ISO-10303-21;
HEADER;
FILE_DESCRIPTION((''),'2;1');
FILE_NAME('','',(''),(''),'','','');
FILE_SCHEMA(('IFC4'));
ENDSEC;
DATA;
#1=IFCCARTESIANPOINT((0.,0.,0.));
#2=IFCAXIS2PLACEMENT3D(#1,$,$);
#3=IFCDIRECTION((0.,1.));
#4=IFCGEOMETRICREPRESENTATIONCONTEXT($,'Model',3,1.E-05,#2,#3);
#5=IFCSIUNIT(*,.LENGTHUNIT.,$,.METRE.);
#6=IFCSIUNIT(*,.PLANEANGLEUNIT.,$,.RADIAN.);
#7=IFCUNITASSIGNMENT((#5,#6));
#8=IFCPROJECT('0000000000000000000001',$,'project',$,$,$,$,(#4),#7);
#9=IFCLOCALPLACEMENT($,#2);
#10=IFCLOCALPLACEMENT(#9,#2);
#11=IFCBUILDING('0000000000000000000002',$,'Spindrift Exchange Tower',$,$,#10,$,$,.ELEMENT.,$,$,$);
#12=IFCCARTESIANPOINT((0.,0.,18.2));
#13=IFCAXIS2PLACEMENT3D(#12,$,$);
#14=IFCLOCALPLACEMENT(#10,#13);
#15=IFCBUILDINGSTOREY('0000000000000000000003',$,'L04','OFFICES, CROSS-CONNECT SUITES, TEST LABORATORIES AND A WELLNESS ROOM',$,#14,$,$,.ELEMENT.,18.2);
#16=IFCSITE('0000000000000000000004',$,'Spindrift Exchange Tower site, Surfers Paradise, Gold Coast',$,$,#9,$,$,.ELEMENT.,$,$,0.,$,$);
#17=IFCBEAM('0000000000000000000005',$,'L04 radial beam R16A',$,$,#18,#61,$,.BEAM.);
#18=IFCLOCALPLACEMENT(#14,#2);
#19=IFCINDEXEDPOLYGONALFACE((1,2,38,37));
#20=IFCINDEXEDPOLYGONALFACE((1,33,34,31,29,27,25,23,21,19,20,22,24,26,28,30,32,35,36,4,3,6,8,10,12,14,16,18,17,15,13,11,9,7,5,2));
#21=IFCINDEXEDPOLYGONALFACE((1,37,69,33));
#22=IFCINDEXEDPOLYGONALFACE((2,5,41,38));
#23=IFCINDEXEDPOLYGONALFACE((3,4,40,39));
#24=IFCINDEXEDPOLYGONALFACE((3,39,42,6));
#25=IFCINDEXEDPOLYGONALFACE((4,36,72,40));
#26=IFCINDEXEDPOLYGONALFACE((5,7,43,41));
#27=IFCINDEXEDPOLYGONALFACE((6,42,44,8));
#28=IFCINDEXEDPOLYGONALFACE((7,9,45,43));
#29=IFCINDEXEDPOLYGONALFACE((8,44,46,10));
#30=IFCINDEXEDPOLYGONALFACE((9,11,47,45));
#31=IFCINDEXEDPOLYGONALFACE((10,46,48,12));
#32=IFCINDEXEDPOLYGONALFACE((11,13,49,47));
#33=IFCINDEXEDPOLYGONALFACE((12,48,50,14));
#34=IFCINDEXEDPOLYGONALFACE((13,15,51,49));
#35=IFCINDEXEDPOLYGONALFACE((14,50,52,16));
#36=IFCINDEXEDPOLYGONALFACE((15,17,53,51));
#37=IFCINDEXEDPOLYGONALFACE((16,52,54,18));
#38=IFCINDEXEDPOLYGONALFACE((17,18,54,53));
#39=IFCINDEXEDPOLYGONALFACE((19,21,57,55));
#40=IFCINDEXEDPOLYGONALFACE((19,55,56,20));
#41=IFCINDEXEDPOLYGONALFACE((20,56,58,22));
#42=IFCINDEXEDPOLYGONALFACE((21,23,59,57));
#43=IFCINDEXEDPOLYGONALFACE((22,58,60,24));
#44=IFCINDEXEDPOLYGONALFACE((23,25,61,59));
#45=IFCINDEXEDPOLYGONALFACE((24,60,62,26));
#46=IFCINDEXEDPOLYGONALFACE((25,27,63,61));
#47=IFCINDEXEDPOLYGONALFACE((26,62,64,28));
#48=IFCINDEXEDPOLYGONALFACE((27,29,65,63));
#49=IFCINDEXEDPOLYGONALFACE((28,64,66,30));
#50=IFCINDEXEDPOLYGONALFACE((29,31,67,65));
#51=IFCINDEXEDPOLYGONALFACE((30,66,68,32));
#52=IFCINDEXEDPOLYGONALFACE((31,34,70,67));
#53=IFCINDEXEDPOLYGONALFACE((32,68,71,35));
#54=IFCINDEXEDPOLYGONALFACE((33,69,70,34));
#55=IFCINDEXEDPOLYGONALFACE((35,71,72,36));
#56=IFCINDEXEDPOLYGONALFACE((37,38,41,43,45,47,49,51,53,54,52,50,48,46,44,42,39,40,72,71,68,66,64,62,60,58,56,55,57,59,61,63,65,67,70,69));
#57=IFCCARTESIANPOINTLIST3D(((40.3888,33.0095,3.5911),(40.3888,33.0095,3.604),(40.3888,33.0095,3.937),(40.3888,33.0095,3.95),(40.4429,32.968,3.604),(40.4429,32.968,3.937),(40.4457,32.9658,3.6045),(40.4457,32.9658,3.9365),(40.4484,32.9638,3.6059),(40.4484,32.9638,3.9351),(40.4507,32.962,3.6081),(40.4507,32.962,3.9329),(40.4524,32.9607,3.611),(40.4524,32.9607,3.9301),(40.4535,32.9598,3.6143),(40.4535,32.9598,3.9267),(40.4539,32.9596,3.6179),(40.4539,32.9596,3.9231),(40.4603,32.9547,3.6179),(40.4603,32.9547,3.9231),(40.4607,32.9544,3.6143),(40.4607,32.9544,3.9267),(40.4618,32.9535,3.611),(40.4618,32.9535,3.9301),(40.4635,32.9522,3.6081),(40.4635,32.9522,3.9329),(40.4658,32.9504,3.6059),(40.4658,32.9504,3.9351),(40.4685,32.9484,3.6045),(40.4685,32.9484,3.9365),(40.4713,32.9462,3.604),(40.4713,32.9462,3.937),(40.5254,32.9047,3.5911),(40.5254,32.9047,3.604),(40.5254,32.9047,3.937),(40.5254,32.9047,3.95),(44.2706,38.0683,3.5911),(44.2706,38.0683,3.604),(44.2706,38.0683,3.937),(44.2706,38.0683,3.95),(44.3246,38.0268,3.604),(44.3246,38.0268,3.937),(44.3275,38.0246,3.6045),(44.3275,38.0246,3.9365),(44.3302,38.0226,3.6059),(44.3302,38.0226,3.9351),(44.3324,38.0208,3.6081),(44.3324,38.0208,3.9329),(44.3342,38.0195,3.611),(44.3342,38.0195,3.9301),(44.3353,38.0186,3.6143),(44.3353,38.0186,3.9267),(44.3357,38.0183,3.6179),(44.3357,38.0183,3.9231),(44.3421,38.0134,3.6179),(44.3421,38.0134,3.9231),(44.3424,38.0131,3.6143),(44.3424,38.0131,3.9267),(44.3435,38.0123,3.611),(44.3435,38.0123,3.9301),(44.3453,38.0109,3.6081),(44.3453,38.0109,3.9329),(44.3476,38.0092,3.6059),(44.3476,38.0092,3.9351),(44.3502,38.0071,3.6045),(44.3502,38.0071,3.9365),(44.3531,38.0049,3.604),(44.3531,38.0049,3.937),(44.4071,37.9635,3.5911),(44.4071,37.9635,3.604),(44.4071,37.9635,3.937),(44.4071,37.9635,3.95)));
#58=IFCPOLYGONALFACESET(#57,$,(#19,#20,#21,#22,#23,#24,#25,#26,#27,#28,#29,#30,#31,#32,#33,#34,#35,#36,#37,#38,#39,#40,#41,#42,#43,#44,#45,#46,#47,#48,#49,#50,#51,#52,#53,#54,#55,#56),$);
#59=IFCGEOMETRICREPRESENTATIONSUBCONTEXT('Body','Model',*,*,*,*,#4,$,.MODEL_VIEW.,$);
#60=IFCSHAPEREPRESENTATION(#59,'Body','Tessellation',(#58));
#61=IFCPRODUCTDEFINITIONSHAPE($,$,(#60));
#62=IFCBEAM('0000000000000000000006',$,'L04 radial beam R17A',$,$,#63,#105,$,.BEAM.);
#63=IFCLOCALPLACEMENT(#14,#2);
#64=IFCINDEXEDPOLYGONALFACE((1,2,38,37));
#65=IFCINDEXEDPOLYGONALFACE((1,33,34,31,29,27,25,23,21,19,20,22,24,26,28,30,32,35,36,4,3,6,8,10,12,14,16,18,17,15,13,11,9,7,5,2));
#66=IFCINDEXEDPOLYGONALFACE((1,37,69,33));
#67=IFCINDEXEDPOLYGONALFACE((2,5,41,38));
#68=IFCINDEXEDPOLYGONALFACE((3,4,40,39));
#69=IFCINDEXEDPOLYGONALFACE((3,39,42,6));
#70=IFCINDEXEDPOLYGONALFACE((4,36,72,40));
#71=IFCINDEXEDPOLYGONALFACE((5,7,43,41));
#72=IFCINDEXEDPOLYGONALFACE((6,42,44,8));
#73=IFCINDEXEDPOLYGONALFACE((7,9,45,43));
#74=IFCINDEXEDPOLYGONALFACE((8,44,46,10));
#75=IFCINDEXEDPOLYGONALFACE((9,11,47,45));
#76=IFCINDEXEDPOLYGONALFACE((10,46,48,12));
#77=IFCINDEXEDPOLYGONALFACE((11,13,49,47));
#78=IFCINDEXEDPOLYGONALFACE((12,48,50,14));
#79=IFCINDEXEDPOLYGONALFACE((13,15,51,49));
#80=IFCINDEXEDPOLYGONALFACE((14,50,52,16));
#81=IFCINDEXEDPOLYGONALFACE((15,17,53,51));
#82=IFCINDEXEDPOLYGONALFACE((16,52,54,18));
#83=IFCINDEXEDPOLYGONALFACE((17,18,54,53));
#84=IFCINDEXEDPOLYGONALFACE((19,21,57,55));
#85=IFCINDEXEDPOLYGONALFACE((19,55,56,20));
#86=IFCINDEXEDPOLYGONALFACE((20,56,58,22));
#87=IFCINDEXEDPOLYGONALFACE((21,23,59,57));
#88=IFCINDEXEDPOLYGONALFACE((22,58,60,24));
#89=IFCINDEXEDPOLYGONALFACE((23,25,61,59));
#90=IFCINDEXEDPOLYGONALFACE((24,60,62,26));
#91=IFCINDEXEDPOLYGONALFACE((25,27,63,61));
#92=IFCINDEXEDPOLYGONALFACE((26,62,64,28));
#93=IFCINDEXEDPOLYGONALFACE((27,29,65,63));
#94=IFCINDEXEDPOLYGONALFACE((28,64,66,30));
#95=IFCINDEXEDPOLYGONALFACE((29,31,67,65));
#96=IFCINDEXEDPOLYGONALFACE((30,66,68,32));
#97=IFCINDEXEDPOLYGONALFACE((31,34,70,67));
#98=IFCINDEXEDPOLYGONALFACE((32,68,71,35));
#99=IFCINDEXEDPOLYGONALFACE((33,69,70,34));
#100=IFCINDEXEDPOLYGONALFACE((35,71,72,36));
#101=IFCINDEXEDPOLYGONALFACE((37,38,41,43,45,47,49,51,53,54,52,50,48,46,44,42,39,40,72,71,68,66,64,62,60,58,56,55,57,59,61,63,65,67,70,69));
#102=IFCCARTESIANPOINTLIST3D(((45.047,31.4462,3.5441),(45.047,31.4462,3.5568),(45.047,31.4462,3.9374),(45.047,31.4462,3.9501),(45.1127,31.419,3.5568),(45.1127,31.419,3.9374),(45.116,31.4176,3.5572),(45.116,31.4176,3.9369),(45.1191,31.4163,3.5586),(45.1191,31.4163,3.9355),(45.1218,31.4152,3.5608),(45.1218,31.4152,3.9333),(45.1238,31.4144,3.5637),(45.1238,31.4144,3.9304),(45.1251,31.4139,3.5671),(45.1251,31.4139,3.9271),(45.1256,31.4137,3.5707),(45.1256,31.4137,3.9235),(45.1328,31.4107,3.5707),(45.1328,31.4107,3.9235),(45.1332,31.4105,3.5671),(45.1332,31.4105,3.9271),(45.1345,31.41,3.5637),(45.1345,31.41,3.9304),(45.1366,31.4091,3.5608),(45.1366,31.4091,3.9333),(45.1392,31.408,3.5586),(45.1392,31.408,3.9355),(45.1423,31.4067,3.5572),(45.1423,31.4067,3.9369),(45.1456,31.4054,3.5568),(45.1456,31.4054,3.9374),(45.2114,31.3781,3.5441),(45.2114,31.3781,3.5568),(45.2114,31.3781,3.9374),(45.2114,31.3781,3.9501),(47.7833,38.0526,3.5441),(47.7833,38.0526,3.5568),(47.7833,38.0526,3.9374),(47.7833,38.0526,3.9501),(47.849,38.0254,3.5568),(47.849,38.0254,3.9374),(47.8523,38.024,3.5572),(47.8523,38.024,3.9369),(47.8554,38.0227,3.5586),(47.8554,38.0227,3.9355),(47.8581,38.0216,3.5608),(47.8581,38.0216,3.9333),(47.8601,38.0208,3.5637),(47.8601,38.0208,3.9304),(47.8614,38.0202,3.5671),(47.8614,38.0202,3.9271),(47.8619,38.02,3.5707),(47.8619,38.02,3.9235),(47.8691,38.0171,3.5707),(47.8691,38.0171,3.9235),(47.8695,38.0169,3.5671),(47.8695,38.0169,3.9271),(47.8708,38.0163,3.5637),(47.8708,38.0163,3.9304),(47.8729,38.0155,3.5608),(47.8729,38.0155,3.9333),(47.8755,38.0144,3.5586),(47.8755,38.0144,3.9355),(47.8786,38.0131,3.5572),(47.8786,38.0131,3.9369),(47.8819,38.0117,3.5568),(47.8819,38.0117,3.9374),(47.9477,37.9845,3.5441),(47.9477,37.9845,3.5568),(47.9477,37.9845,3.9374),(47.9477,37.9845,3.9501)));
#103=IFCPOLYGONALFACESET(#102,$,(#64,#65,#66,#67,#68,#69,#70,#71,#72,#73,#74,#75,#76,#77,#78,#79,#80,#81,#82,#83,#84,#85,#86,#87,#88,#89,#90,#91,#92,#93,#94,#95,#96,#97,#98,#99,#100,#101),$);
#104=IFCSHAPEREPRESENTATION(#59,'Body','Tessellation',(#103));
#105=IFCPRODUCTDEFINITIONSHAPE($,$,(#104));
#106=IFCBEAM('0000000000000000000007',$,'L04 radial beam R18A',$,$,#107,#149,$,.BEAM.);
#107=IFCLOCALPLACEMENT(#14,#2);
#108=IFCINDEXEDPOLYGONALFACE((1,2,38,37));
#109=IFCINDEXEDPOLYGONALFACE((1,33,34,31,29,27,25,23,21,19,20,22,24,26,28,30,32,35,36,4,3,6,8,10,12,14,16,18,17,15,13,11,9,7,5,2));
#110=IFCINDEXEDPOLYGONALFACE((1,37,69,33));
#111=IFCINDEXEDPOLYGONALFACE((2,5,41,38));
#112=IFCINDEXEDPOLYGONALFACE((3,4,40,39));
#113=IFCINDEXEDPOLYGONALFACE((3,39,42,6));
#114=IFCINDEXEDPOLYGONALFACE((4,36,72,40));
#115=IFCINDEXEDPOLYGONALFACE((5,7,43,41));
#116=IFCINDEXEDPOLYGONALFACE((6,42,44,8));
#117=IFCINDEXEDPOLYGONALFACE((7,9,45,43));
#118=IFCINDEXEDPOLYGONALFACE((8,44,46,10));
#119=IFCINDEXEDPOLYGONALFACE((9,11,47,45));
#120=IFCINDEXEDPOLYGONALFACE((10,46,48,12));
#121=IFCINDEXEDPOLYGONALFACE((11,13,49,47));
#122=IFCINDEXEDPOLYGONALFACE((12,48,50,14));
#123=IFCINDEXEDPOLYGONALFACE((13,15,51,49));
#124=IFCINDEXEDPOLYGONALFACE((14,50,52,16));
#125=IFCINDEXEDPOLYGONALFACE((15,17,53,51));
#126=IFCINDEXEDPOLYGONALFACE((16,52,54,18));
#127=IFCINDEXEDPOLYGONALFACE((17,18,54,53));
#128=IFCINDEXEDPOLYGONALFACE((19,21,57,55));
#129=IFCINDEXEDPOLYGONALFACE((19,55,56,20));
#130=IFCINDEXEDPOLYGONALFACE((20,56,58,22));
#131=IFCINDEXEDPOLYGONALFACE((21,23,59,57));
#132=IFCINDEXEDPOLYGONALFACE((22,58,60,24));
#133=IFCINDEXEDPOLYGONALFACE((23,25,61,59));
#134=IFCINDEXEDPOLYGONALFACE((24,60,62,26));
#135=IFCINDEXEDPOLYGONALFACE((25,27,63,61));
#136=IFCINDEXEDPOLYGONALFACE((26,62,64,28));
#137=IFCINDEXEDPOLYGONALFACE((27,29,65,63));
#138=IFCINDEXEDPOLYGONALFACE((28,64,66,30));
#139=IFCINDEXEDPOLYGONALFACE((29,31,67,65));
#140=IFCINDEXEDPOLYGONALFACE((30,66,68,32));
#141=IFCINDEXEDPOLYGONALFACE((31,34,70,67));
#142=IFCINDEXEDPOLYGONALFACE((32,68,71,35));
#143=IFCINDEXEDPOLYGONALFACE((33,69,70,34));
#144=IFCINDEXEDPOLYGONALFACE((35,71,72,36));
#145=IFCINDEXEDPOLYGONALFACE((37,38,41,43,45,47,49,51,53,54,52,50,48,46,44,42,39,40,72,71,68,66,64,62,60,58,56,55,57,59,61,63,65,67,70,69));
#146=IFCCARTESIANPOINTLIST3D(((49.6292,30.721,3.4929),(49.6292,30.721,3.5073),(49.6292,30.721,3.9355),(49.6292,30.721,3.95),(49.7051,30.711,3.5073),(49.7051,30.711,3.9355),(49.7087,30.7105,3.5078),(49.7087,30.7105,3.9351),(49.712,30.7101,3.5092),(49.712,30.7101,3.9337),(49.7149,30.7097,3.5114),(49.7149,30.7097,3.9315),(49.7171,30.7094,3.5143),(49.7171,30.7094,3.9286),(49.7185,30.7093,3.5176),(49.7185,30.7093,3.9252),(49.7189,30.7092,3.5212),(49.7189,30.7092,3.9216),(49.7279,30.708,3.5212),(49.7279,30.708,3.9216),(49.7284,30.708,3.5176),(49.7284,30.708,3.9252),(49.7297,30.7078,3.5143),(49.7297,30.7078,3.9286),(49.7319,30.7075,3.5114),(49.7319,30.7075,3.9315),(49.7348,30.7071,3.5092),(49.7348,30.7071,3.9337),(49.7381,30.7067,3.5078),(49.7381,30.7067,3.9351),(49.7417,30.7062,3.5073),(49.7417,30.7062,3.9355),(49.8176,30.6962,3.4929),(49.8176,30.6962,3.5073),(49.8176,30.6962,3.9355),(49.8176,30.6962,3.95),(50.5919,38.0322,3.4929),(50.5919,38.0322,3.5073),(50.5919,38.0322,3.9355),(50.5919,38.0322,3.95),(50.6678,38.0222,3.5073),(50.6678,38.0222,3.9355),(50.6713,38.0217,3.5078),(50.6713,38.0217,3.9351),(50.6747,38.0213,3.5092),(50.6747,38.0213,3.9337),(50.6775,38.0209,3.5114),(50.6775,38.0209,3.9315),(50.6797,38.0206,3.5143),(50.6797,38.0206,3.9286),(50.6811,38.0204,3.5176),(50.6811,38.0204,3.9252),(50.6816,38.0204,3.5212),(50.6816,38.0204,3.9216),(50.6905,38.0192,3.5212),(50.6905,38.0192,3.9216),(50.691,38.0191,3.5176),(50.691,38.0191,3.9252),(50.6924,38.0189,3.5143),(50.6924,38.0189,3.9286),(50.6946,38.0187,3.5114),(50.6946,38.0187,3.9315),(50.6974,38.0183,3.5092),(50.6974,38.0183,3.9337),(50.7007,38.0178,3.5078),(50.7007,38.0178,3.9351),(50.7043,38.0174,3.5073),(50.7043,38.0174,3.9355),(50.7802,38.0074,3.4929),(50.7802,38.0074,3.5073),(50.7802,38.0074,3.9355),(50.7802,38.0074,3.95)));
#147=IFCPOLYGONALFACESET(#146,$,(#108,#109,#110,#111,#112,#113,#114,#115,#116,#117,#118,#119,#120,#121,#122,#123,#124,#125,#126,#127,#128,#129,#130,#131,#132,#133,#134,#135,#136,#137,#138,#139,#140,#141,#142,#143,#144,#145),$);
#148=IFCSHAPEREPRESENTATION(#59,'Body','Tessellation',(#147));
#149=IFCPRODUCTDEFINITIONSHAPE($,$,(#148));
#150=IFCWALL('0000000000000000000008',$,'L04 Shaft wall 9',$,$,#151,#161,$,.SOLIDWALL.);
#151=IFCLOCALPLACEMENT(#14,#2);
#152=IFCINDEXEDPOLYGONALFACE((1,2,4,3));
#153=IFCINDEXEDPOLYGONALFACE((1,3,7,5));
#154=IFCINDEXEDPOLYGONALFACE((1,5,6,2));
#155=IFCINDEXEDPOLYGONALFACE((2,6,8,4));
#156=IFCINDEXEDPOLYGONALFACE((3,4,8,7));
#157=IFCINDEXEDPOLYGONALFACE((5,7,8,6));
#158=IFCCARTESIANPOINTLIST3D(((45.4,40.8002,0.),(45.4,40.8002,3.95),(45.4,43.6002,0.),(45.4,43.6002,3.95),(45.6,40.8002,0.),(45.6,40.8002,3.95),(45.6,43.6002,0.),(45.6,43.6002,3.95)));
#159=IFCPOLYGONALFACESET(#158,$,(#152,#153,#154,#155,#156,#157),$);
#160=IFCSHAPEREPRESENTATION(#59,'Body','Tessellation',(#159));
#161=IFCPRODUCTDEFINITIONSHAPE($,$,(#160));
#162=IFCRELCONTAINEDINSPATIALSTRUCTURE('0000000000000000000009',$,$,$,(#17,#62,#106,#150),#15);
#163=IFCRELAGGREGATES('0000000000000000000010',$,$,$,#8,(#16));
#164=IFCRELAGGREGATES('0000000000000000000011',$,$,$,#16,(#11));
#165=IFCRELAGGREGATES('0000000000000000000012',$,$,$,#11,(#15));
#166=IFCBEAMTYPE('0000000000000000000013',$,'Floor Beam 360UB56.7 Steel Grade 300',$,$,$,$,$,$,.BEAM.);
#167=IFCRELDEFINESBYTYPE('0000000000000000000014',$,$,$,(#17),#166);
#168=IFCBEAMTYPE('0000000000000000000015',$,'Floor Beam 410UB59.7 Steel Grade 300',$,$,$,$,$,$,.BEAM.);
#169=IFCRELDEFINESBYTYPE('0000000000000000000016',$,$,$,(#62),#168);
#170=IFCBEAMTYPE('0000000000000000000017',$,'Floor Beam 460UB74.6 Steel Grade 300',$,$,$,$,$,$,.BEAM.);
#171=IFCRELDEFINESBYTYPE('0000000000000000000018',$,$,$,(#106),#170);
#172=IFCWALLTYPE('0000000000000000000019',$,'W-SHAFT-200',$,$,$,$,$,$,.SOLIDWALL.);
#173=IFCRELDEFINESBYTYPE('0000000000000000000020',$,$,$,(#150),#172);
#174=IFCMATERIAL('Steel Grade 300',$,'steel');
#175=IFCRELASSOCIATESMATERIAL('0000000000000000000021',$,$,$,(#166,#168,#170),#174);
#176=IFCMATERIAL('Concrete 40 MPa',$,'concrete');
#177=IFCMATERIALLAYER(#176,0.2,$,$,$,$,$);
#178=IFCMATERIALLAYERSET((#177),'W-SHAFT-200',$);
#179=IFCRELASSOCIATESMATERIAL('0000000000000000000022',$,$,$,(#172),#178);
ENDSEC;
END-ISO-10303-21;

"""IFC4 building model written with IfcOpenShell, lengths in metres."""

from ifc_helpers import new_model, si_unit, direction, frame, frame_2d, origin, origin_2d, place, context, subcontext, project, spatial, rectangle, i_section, extrude, source, transform, mapped, material, layer, layer_set, material_profile, profile_set, type_object, element, save


model = new_model("IFC4")

# Units and contexts
model_context = context("Model", 3, precision=1e-05, world=origin(), true_north=direction((0.0, 1.0)))
body_context = subcontext(model_context, "Body", "Model", "MODEL_VIEW")
ifc_project = project(units=[si_unit("LENGTHUNIT", "METRE"), si_unit("PLANEANGLEUNIT", "RADIAN")], contexts=[model_context])

# Site, building, storey
site_placement = place(None, origin())
site = spatial("IfcSite", under=ifc_project, at=site_placement, Name="Spindrift Exchange Tower site, Surfers Paradise, Gold Coast", CompositionType="ELEMENT", RefElevation=0.0)
building_placement = place(site_placement, origin())
building = spatial("IfcBuilding", under=site, at=building_placement, Name="Spindrift Exchange Tower", CompositionType="ELEMENT")
storey_placement = place(building_placement, frame((0.0, 0.0, 18.2)))
storey = spatial("IfcBuildingStorey", under=building, at=storey_placement, Name="L04", Description="OFFICES, CROSS-CONNECT SUITES, TEST LABORATORIES AND A WELLNESS ROOM", CompositionType="ELEMENT", Elevation=18.2)

# Beams
ifc_material_1 = material(Name="Steel Grade 300", Category="steel")
ifc_material_profile_1 = material_profile(ifc_material_1, i_section(OverallWidth=0.1721, OverallDepth=0.3589, WebThickness=0.0081, FlangeThickness=0.0129, FilletRadius=0.0139, at=origin_2d()), Name="360UB56.7")
ifc_profile_set_1 = profile_set([ifc_material_profile_1], Name="Steel Grade 300")
beam_type_1 = type_object("IfcBeamType", Name="Floor Beam 360UB56.7 Steel Grade 300", PredefinedType="BEAM", material=ifc_profile_set_1)
shared_shape_1 = source(origin(), body_context, "Body", "SweptSolid", [
    extrude(i_section(OverallWidth=0.1721, OverallDepth=0.3589, WebThickness=0.0081, FlangeThickness=0.0129, FilletRadius=0.0139, at=origin_2d()), origin(), (0.0, 0.0, 1.0), 6.3765),
])
beam_1_placement = place(storey_placement, frame((44.3389, 38.0159, 3.7705), z_axis=(-0.608767, -0.793349, 0.0), x_axis=(0.793349, -0.608767, 0.0)))
element("IfcBeam", 1, at=beam_1_placement, inside=storey, type_object=beam_type_1, Name="L04 radial beam R16A", PredefinedType="BEAM", context=body_context, shape_type="MappedRepresentation", body=[
    mapped(shared_shape_1, transform((0.0, 0.0, 0.0), scale=1.0)),
])
ifc_material_profile_2 = material_profile(ifc_material_1, i_section(OverallWidth=0.178, OverallDepth=0.406, WebThickness=0.0078, FlangeThickness=0.0127, FilletRadius=0.0139, at=origin_2d()), Name="410UB59.7")
ifc_profile_set_2 = profile_set([ifc_material_profile_2], Name="Steel Grade 300")
beam_type_2 = type_object("IfcBeamType", Name="Floor Beam 410UB59.7 Steel Grade 300", PredefinedType="BEAM", material=ifc_profile_set_2)
shared_shape_2 = source(origin(), body_context, "Body", "SweptSolid", [
    extrude(i_section(OverallWidth=0.178, OverallDepth=0.406, WebThickness=0.0078, FlangeThickness=0.0127, FilletRadius=0.0139, at=origin_2d()), origin(), (0.0, 0.0, 1.0), 7.1506),
])
beam_2_placement = place(storey_placement, frame((47.8655, 38.0186, 3.7471), z_axis=(-0.382665, -0.923887, 0.0), x_axis=(0.923887, -0.382665, 0.0)))
element("IfcBeam", 2, at=beam_2_placement, inside=storey, type_object=beam_type_2, Name="L04 radial beam R17A", PredefinedType="BEAM", context=body_context, shape_type="MappedRepresentation", body=[
    mapped(shared_shape_2, transform((0.0, 0.0, 0.0), scale=1.0)),
])
ifc_material_profile_3 = material_profile(ifc_material_1, i_section(OverallWidth=0.1899, OverallDepth=0.457, WebThickness=0.009, FlangeThickness=0.0144, FilletRadius=0.0139, at=origin_2d()), Name="460UB74.6")
ifc_profile_set_3 = profile_set([ifc_material_profile_3], Name="Steel Grade 300")
beam_type_3 = type_object("IfcBeamType", Name="Floor Beam 460UB74.6 Steel Grade 300", PredefinedType="BEAM", material=ifc_profile_set_3)
shared_shape_3 = source(origin(), body_context, "Body", "SweptSolid", [
    extrude(i_section(OverallWidth=0.1899, OverallDepth=0.457, WebThickness=0.009, FlangeThickness=0.0144, FilletRadius=0.0139, at=origin_2d()), origin(), (0.0, 0.0, 1.0), 7.3743),
])
beam_3_placement = place(storey_placement, frame((50.686, 38.0198, 3.7214), z_axis=(-0.130539, -0.991443, 0.0), x_axis=(0.991443, -0.130539, 0.0)))
element("IfcBeam", 3, at=beam_3_placement, inside=storey, type_object=beam_type_3, Name="L04 radial beam R18A", PredefinedType="BEAM", context=body_context, shape_type="MappedRepresentation", body=[
    mapped(shared_shape_3, transform((0.0, 0.0, 0.0), scale=1.0)),
])

# Wall
ifc_material_2 = material(Name="Concrete 40 MPa", Category="concrete")
ifc_layer_1 = layer(ifc_material_2, 0.2)
ifc_layer_set_1 = layer_set([ifc_layer_1], Name="W-SHAFT-200")
wall_type_1 = type_object("IfcWallType", Name="W-SHAFT-200", PredefinedType="SOLIDWALL", material=ifc_layer_set_1)
wall_1_placement = place(storey_placement, frame((45.5, 43.6001, 0.0), z_axis=(0.0, 0.0, 1.0), x_axis=(0.0, -1.0, 0.0)))
element("IfcWall", 4, at=wall_1_placement, inside=storey, type_object=wall_type_1, Name="L04 Shaft wall 9", PredefinedType="SOLIDWALL", context=body_context, shape_type="SweptSolid", body=[
    extrude(rectangle(XDim=2.8, YDim=0.2, at=frame_2d((1.3999, 0.0))), origin(), (0.0, 0.0, 1.0), 3.95),
])

save(model, "model.ifc")
